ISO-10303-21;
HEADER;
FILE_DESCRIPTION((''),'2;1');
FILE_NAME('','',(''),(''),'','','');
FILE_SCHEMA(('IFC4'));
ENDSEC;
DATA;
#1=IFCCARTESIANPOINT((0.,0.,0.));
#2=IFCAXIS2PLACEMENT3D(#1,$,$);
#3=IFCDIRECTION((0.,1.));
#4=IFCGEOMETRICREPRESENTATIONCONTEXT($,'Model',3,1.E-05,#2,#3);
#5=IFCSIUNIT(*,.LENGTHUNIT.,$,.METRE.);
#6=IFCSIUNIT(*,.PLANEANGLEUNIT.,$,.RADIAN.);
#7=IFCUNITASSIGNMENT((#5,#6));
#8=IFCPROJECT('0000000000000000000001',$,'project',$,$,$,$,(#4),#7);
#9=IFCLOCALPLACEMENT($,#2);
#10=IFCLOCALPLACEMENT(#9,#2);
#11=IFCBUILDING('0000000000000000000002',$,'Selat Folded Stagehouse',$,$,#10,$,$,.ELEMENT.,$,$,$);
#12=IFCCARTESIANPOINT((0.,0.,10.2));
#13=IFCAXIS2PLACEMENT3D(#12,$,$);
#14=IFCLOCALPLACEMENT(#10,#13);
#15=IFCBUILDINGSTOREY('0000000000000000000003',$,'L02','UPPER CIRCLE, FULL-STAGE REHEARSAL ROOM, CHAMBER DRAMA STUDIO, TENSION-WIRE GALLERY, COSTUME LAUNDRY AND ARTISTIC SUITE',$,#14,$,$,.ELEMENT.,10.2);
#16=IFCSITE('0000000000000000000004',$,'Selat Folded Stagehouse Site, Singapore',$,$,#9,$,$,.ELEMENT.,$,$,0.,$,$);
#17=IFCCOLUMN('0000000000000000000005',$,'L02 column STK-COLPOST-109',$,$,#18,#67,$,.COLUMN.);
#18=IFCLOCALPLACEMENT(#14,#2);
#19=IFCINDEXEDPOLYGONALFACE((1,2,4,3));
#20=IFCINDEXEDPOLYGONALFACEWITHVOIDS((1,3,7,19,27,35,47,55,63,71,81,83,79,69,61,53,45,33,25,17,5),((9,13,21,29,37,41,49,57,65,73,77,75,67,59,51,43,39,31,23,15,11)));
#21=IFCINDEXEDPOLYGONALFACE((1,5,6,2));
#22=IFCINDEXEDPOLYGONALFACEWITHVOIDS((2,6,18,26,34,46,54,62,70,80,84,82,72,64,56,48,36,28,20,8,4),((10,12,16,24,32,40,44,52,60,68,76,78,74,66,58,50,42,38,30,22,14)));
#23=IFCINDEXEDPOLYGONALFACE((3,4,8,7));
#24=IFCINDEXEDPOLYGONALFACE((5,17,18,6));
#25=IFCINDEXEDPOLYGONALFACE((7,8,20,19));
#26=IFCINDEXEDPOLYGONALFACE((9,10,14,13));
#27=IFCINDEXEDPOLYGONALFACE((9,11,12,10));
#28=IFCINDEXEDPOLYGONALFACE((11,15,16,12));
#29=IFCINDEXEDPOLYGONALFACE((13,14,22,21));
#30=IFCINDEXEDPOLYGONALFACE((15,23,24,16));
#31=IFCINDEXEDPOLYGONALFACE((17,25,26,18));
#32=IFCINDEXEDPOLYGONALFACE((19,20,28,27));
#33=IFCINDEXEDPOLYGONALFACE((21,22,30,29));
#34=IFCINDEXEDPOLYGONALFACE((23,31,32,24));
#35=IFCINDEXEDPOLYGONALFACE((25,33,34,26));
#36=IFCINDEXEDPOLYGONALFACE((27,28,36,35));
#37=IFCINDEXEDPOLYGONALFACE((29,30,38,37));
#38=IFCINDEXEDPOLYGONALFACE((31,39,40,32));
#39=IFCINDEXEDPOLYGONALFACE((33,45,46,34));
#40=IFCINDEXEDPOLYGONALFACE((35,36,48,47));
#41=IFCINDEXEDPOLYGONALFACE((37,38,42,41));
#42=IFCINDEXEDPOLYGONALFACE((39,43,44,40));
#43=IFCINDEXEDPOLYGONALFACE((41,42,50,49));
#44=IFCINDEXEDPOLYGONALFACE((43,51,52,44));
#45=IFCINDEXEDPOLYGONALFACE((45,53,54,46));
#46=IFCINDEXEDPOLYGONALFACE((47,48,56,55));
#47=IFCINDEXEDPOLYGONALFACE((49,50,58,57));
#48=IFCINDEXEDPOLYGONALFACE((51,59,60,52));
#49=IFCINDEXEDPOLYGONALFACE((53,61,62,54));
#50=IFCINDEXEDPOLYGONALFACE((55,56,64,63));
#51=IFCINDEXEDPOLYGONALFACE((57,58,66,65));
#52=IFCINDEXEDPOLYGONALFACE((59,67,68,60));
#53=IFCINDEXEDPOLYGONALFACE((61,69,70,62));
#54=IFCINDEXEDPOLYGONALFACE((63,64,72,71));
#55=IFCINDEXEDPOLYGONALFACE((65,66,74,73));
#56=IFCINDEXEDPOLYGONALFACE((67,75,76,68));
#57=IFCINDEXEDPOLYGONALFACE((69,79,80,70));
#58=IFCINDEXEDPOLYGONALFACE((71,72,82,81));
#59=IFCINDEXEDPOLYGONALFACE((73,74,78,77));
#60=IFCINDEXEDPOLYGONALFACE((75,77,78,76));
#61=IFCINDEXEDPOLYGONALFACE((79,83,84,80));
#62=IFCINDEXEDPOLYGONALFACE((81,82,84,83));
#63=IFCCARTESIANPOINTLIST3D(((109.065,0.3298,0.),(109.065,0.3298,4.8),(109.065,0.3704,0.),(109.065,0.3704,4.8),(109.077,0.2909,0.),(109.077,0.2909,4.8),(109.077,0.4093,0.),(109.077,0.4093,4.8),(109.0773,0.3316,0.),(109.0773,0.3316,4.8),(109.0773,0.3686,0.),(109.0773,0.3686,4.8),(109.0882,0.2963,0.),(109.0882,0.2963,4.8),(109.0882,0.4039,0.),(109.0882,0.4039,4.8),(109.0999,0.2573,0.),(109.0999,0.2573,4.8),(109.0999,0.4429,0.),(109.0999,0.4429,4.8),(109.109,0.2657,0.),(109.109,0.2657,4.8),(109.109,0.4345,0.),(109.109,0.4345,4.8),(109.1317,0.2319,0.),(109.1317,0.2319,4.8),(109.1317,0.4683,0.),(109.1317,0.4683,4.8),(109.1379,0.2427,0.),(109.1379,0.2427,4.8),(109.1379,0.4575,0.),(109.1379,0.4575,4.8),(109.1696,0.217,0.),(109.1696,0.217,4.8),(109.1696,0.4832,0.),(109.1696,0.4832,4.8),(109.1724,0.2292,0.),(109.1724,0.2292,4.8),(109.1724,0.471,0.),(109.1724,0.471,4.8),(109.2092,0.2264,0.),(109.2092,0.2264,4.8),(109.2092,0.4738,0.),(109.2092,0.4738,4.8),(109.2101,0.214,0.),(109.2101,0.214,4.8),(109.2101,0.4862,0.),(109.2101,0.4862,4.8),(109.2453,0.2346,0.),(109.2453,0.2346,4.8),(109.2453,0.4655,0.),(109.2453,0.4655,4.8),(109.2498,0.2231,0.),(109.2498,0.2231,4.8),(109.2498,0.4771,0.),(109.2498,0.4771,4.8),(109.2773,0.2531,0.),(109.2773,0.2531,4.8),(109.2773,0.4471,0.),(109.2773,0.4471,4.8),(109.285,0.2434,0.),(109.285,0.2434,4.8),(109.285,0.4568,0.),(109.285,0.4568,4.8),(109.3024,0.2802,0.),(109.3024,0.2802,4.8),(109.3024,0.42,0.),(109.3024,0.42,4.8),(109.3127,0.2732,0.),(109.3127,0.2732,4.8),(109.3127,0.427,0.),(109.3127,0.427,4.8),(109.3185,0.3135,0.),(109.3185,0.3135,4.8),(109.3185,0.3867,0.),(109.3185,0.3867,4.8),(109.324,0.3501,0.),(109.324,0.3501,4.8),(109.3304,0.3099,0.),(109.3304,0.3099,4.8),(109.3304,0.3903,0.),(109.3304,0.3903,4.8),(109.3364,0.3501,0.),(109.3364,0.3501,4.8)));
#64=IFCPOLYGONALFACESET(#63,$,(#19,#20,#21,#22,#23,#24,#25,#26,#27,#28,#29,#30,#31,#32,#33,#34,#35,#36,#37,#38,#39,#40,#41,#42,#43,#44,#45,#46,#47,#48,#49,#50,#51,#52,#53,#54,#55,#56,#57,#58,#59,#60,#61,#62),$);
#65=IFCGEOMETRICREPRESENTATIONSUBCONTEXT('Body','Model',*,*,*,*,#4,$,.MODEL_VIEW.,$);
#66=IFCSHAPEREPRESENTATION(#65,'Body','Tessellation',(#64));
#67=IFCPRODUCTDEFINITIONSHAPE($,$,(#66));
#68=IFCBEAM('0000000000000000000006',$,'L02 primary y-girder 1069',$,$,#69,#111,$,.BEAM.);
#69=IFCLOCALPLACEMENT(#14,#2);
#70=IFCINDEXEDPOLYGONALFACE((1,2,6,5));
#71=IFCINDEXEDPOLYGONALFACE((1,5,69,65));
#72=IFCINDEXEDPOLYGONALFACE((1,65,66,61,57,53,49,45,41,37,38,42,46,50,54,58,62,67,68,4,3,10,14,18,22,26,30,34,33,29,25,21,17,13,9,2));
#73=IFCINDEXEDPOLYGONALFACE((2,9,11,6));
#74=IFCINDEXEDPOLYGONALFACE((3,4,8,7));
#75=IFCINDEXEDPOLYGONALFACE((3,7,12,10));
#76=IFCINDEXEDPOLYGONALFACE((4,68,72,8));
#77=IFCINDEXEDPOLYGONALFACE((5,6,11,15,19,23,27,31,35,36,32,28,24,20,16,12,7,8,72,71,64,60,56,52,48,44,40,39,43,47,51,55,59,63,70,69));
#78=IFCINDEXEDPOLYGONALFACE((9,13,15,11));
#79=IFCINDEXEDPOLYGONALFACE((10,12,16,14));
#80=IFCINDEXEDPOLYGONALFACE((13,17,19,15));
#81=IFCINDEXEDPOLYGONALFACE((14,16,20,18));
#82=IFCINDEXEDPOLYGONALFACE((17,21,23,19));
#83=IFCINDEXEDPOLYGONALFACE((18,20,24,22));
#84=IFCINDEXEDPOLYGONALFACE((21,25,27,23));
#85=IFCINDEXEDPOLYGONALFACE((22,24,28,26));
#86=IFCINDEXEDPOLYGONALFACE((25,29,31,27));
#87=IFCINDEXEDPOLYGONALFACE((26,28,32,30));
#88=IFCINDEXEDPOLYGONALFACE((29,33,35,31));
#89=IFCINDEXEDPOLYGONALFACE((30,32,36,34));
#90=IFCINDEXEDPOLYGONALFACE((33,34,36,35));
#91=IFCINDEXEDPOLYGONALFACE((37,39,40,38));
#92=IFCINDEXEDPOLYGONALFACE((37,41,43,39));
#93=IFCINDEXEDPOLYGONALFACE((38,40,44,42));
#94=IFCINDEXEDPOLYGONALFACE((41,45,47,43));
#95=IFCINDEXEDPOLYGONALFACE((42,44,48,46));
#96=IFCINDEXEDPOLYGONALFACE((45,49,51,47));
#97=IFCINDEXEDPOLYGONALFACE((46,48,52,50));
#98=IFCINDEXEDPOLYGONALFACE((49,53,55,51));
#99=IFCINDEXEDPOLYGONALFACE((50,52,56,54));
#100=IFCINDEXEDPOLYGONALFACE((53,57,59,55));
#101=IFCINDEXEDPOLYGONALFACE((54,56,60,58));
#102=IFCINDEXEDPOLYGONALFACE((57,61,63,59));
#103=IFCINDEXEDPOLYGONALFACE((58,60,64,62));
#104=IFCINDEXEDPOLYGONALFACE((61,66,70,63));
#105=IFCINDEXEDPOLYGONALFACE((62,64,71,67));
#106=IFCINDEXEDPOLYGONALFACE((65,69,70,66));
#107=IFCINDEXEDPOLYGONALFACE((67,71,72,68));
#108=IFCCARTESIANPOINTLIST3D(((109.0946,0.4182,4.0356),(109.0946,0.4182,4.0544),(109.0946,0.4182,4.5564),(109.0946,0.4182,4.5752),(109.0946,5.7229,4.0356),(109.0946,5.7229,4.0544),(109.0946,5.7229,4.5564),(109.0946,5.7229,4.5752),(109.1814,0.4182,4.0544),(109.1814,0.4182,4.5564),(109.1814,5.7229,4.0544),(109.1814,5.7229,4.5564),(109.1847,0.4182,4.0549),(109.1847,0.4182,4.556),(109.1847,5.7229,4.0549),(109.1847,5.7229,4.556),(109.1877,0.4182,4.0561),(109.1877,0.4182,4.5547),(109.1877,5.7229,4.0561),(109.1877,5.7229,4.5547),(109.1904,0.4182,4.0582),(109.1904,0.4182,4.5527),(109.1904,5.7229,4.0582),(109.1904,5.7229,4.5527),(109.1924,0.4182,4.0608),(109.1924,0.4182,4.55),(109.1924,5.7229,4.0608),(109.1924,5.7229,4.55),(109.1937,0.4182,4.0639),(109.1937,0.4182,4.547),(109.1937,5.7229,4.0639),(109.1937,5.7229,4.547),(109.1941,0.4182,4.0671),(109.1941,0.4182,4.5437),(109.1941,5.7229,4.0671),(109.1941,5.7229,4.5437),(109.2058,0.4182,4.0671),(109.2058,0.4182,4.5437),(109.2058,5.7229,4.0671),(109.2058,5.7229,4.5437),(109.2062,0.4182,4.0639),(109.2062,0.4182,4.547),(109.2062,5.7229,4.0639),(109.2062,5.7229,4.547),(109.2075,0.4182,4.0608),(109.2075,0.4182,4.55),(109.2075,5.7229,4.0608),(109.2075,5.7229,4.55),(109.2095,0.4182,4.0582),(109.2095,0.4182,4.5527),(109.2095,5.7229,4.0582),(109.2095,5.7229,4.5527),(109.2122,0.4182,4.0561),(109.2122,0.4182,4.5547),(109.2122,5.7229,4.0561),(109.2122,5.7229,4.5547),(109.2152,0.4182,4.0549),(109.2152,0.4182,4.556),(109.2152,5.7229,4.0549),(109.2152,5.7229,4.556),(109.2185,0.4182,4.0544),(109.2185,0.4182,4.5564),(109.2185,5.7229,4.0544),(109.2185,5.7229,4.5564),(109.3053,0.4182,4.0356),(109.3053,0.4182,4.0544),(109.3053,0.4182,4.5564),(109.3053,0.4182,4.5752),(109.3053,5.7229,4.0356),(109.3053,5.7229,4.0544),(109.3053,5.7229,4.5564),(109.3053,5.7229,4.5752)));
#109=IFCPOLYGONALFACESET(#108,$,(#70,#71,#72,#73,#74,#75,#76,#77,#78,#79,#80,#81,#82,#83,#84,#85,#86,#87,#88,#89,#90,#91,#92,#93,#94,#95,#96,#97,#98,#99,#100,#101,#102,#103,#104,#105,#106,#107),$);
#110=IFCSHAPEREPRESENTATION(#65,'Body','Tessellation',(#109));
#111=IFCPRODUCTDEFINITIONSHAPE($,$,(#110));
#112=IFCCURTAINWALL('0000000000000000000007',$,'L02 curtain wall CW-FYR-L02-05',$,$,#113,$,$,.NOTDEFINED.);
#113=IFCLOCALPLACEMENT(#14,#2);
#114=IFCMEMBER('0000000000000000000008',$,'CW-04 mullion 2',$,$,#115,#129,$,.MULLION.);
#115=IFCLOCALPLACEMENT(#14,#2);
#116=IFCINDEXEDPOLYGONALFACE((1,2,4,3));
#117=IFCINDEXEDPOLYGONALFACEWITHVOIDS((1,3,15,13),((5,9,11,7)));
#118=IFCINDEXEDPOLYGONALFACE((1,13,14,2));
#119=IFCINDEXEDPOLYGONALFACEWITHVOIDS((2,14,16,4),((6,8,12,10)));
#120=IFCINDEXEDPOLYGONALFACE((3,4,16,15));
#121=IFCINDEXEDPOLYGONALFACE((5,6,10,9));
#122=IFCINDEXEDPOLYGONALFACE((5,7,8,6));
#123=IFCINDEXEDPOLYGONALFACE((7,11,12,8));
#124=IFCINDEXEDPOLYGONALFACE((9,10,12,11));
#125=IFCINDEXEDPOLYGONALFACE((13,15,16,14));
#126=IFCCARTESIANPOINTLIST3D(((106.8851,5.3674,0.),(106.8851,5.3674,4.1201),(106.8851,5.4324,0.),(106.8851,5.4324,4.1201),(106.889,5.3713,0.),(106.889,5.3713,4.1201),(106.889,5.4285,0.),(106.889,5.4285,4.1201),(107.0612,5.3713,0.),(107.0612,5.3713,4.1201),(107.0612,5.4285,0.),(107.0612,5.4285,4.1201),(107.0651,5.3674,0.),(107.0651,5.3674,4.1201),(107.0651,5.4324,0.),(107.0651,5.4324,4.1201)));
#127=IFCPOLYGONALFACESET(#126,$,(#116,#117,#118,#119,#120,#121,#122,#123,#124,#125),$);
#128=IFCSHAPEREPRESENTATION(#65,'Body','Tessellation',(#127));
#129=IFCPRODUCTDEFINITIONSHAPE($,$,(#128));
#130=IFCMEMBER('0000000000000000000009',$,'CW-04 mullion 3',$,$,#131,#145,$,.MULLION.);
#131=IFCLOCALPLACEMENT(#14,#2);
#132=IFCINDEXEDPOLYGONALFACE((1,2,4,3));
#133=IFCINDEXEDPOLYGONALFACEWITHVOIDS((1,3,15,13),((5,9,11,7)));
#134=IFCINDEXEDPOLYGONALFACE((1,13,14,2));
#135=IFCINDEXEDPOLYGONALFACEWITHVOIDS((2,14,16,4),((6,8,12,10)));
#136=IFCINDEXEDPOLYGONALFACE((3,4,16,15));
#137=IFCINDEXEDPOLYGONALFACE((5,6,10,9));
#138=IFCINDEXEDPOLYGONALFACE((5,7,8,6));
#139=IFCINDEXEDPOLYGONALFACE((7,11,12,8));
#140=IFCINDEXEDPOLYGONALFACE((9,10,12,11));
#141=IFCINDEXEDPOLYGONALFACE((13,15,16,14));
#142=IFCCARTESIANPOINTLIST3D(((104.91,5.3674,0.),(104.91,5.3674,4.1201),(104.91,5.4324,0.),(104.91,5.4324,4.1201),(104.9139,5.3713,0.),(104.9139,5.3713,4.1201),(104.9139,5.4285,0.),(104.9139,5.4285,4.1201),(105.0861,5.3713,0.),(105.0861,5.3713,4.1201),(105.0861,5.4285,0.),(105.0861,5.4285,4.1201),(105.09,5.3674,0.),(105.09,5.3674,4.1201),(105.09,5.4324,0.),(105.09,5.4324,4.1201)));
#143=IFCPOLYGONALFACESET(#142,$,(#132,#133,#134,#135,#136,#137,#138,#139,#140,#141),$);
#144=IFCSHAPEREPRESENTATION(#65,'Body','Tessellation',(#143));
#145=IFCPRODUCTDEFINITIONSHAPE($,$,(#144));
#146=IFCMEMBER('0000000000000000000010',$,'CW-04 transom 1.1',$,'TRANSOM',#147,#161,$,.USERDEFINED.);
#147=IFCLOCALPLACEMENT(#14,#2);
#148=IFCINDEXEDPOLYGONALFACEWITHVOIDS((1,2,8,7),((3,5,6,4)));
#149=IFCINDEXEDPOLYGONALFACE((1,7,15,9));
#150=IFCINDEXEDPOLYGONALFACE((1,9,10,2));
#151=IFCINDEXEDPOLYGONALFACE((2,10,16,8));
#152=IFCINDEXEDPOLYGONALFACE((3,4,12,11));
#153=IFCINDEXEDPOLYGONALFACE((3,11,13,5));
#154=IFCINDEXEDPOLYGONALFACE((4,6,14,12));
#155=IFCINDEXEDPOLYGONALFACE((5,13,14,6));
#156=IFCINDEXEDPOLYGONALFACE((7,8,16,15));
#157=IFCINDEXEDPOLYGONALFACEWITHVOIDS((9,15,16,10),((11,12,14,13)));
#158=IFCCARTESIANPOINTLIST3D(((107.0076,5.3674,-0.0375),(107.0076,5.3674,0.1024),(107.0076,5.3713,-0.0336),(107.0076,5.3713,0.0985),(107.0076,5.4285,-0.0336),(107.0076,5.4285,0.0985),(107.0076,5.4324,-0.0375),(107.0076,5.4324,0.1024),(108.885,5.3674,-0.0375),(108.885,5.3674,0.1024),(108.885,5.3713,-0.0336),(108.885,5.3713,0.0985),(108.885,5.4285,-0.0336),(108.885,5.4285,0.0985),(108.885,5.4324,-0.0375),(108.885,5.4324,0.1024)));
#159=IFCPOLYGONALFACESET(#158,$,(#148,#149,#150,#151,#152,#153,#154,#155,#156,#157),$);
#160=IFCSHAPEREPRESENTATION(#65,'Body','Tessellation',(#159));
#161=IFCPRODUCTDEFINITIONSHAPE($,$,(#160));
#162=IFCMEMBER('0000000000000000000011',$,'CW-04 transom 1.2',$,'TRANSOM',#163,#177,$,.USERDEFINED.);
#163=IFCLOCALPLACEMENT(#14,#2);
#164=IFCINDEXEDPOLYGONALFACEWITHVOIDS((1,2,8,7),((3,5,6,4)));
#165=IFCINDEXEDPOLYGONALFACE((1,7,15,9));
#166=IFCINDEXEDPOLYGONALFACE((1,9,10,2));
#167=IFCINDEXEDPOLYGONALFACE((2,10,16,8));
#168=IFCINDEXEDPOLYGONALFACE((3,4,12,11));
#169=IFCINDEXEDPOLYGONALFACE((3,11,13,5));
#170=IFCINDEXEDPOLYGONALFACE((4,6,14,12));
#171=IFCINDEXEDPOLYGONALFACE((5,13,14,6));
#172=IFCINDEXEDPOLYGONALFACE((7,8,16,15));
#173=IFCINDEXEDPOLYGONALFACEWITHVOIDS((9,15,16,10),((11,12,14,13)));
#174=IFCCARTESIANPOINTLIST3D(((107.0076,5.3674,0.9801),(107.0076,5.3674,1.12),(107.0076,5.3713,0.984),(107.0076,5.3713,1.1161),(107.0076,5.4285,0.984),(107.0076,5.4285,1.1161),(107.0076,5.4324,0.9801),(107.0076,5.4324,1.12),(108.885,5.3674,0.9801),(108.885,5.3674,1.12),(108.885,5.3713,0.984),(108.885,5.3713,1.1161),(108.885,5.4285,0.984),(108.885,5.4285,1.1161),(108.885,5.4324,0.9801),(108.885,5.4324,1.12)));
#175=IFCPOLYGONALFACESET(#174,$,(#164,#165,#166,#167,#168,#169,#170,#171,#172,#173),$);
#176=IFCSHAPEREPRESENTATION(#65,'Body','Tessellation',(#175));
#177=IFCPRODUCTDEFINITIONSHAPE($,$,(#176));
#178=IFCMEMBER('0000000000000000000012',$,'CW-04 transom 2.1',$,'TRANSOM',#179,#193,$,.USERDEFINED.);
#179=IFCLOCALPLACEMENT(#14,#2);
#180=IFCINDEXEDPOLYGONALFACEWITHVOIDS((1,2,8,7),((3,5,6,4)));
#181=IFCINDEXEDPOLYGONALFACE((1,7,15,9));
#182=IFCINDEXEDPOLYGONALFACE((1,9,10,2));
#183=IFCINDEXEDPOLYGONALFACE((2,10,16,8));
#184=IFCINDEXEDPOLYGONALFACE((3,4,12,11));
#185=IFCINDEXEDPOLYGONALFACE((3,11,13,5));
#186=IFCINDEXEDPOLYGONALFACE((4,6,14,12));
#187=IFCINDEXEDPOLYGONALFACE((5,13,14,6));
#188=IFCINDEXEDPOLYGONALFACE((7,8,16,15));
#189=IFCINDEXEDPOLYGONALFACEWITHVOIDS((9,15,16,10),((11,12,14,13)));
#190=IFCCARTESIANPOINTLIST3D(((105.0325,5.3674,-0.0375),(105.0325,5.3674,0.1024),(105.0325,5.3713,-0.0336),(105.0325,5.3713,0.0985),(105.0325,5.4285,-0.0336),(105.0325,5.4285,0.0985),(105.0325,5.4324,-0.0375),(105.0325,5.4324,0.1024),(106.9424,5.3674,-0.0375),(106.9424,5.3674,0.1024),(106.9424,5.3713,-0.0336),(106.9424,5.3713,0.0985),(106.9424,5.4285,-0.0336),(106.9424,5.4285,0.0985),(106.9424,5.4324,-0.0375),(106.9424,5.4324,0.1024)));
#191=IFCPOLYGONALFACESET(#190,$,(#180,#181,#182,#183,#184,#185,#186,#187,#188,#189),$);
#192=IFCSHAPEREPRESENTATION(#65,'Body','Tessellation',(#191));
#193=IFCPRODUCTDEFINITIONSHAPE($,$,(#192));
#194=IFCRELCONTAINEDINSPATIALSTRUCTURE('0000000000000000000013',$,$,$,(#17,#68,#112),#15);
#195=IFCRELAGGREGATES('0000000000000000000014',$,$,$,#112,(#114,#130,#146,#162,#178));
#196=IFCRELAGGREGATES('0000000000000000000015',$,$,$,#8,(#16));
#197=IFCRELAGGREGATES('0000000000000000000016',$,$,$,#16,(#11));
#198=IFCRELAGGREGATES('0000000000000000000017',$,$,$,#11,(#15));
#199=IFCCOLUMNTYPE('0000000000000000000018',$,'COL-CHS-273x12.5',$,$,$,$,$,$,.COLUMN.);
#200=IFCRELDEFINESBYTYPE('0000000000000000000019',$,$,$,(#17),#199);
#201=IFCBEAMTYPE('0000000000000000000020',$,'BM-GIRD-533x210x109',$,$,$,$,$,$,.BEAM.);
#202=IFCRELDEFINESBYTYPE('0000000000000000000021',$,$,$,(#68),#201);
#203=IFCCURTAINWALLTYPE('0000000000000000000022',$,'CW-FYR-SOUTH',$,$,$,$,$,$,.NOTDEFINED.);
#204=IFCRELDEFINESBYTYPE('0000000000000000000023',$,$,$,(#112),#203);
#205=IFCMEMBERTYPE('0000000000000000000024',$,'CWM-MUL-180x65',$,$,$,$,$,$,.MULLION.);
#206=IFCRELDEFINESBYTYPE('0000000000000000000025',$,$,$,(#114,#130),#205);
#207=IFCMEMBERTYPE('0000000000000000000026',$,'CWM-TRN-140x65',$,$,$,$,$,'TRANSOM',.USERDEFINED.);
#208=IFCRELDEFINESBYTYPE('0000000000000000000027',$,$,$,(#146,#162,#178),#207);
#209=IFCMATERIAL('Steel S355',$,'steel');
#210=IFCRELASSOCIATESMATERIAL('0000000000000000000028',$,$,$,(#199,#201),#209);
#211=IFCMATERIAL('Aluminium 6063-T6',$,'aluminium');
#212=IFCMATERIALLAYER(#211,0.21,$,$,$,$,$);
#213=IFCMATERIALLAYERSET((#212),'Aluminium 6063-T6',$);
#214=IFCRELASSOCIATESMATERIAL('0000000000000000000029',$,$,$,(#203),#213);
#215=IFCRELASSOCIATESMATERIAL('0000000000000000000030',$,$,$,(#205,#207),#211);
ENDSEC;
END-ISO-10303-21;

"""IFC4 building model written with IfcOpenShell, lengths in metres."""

from ifc_helpers import new_model, si_unit, direction, frame, origin, origin_2d, place, context, subcontext, project, spatial, hollow_rectangle, hollow_circle, i_section, extrude, material, layer, layer_set, material_profile, profile_set, type_object, element, aggregate, save


model = new_model("IFC4")

# Units and contexts
model_context = context("Model", 3, precision=1e-05, world=origin(), true_north=direction((0.0, 1.0)))
body_context = subcontext(model_context, "Body", "Model", "MODEL_VIEW")
ifc_project = project(units=[si_unit("LENGTHUNIT", "METRE"), si_unit("PLANEANGLEUNIT", "RADIAN")], contexts=[model_context])

# Site, building, storey
site_placement = place(None, origin())
site = spatial("IfcSite", under=ifc_project, at=site_placement, Name="Selat Folded Stagehouse Site, Singapore", CompositionType="ELEMENT", RefElevation=0.0)
building_placement = place(site_placement, origin())
building = spatial("IfcBuilding", under=site, at=building_placement, Name="Selat Folded Stagehouse", CompositionType="ELEMENT")
storey_placement = place(building_placement, frame((0.0, 0.0, 10.2)))
storey = spatial("IfcBuildingStorey", under=building, at=storey_placement, Name="L02", Description="UPPER CIRCLE, FULL-STAGE REHEARSAL ROOM, CHAMBER DRAMA STUDIO, TENSION-WIRE GALLERY, COSTUME LAUNDRY AND ARTISTIC SUITE", CompositionType="ELEMENT", Elevation=10.2)

# Column
ifc_material_1 = material(Name="Steel S355", Category="steel")
ifc_material_profile_1 = material_profile(ifc_material_1, hollow_circle(Radius=0.1365, WallThickness=0.0125, at=origin_2d()), Name="CHS 273.0x12.5")
ifc_profile_set_1 = profile_set([ifc_material_profile_1], Name="Steel S355")
column_type = type_object("IfcColumnType", Name="COL-CHS-273x12.5", PredefinedType="COLUMN", material=ifc_profile_set_1)
column_placement = place(storey_placement, frame((109.2, 0.3501, 0.0), z_axis=(0.0, 0.0, 1.0), x_axis=(1.0, 0.0, 0.0)))
element("IfcColumn", 1, at=column_placement, inside=storey, type_object=column_type, Name="L02 column STK-COLPOST-109", PredefinedType="COLUMN", context=body_context, shape_type="SweptSolid", body=[
    extrude(hollow_circle(Radius=0.1365, WallThickness=0.0125, at=origin_2d()), origin(), (0.0, 0.0, 1.0), 4.8),
])

# Beam
ifc_material_profile_2 = material_profile(ifc_material_1, i_section(OverallWidth=0.2107, OverallDepth=0.5396, WebThickness=0.0117, FlangeThickness=0.0188, FilletRadius=0.0127, at=origin_2d()), Name="UKB 533x210x109")
ifc_profile_set_2 = profile_set([ifc_material_profile_2], Name="Steel S355")
beam_type_1 = type_object("IfcBeamType", Name="BM-GIRD-533x210x109", PredefinedType="BEAM", material=ifc_profile_set_2)
beam_placement = place(storey_placement, frame((109.2, 0.4182, 4.3054), z_axis=(0.0, 1.0, 0.0), x_axis=(-1.0, 0.0, 0.0)))
element("IfcBeam", 2, at=beam_placement, inside=storey, type_object=beam_type_1, Name="L02 primary y-girder 1069", PredefinedType="BEAM", context=body_context, shape_type="SweptSolid", body=[
    extrude(i_section(OverallWidth=0.2107, OverallDepth=0.5396, WebThickness=0.0117, FlangeThickness=0.0188, FilletRadius=0.0127, at=origin_2d()), origin(), (0.0, 0.0, 1.0), 5.3047),
])

# Curtain wall, members
ifc_material_2 = material(Name="Aluminium 6063-T6", Category="aluminium")
ifc_layer_1 = layer(ifc_material_2, 0.21)
ifc_layer_set_1 = layer_set([ifc_layer_1], Name="Aluminium 6063-T6")
curtain_wall_type = type_object("IfcCurtainWallType", Name="CW-FYR-SOUTH", PredefinedType="NOTDEFINED", material=ifc_layer_set_1)
curtain_wall_placement = place(storey_placement, origin())
curtain_wall = element("IfcCurtainWall", 3, at=curtain_wall_placement, inside=storey, type_object=curtain_wall_type, Name="L02 curtain wall CW-FYR-L02-05", PredefinedType="NOTDEFINED")
ifc_material_profile_3 = material_profile(ifc_material_2, hollow_rectangle(XDim=0.0649, YDim=0.1799, WallThickness=0.0039, at=origin_2d()), Name="ALU 180x65x4.0")
ifc_profile_set_3 = profile_set([ifc_material_profile_3], Name="Aluminium 6063-T6")
member_type_1 = type_object("IfcMemberType", Name="CWM-MUL-180x65", PredefinedType="MULLION", material=ifc_profile_set_3)
member_1_placement = place(storey_placement, frame((106.9751, 5.3999, 0.0), z_axis=(0.0, 0.0, 1.0), x_axis=(0.0, -1.0, 0.0)))
member_1 = element("IfcMember", 4, at=member_1_placement, type_object=member_type_1, Name="CW-04 mullion 2", PredefinedType="MULLION", context=body_context, shape_type="SweptSolid", body=[
    extrude(hollow_rectangle(XDim=0.0649, YDim=0.1799, WallThickness=0.0039, at=origin_2d()), origin(), (0.0, 0.0, 1.0), 4.1201),
])
member_2_placement = place(storey_placement, frame((105.0, 5.3999, 0.0), z_axis=(0.0, 0.0, 1.0), x_axis=(0.0, -1.0, 0.0)))
member_2 = element("IfcMember", 5, at=member_2_placement, type_object=member_type_1, Name="CW-04 mullion 3", PredefinedType="MULLION", context=body_context, shape_type="SweptSolid", body=[
    extrude(hollow_rectangle(XDim=0.0649, YDim=0.1799, WallThickness=0.0039, at=origin_2d()), origin(), (0.0, 0.0, 1.0), 4.1201),
])
ifc_material_profile_4 = material_profile(ifc_material_2, hollow_rectangle(XDim=0.0649, YDim=0.1399, WallThickness=0.0039, at=origin_2d()), Name="ALU 140x65x4.0")
ifc_profile_set_4 = profile_set([ifc_material_profile_4], Name="Aluminium 6063-T6")
member_type_2 = type_object("IfcMemberType", Name="CWM-TRN-140x65", ElementType="TRANSOM", PredefinedType="USERDEFINED", material=ifc_profile_set_4)
member_3_placement = place(storey_placement, frame((108.885, 5.3999, 0.0325), z_axis=(-1.0, 0.0, 0.0), x_axis=(0.0, -1.0, 0.0)))
member_3 = element("IfcMember", 6, at=member_3_placement, type_object=member_type_2, Name="CW-04 transom 1.1", ObjectType="TRANSOM", PredefinedType="USERDEFINED", context=body_context, shape_type="SweptSolid", body=[
    extrude(hollow_rectangle(XDim=0.0649, YDim=0.1399, WallThickness=0.0039, at=origin_2d()), origin(), (0.0, 0.0, 1.0), 1.8774),
])
member_4_placement = place(storey_placement, frame((108.885, 5.3999, 1.05), z_axis=(-1.0, 0.0, 0.0), x_axis=(0.0, -1.0, 0.0)))
member_4 = element("IfcMember", 7, at=member_4_placement, type_object=member_type_2, Name="CW-04 transom 1.2", ObjectType="TRANSOM", PredefinedType="USERDEFINED", context=body_context, shape_type="SweptSolid", body=[
    extrude(hollow_rectangle(XDim=0.0649, YDim=0.1399, WallThickness=0.0039, at=origin_2d()), origin(), (0.0, 0.0, 1.0), 1.8774),
])
member_5_placement = place(storey_placement, frame((106.9424, 5.3999, 0.0325), z_axis=(-1.0, 0.0, 0.0), x_axis=(0.0, -1.0, 0.0)))
member_5 = element("IfcMember", 8, at=member_5_placement, type_object=member_type_2, Name="CW-04 transom 2.1", ObjectType="TRANSOM", PredefinedType="USERDEFINED", context=body_context, shape_type="SweptSolid", body=[
    extrude(hollow_rectangle(XDim=0.0649, YDim=0.1399, WallThickness=0.0039, at=origin_2d()), origin(), (0.0, 0.0, 1.0), 1.9099),
])

aggregate(curtain_wall, [member_1, member_2, member_3, member_4, member_5])

save(model, "model.ifc")
